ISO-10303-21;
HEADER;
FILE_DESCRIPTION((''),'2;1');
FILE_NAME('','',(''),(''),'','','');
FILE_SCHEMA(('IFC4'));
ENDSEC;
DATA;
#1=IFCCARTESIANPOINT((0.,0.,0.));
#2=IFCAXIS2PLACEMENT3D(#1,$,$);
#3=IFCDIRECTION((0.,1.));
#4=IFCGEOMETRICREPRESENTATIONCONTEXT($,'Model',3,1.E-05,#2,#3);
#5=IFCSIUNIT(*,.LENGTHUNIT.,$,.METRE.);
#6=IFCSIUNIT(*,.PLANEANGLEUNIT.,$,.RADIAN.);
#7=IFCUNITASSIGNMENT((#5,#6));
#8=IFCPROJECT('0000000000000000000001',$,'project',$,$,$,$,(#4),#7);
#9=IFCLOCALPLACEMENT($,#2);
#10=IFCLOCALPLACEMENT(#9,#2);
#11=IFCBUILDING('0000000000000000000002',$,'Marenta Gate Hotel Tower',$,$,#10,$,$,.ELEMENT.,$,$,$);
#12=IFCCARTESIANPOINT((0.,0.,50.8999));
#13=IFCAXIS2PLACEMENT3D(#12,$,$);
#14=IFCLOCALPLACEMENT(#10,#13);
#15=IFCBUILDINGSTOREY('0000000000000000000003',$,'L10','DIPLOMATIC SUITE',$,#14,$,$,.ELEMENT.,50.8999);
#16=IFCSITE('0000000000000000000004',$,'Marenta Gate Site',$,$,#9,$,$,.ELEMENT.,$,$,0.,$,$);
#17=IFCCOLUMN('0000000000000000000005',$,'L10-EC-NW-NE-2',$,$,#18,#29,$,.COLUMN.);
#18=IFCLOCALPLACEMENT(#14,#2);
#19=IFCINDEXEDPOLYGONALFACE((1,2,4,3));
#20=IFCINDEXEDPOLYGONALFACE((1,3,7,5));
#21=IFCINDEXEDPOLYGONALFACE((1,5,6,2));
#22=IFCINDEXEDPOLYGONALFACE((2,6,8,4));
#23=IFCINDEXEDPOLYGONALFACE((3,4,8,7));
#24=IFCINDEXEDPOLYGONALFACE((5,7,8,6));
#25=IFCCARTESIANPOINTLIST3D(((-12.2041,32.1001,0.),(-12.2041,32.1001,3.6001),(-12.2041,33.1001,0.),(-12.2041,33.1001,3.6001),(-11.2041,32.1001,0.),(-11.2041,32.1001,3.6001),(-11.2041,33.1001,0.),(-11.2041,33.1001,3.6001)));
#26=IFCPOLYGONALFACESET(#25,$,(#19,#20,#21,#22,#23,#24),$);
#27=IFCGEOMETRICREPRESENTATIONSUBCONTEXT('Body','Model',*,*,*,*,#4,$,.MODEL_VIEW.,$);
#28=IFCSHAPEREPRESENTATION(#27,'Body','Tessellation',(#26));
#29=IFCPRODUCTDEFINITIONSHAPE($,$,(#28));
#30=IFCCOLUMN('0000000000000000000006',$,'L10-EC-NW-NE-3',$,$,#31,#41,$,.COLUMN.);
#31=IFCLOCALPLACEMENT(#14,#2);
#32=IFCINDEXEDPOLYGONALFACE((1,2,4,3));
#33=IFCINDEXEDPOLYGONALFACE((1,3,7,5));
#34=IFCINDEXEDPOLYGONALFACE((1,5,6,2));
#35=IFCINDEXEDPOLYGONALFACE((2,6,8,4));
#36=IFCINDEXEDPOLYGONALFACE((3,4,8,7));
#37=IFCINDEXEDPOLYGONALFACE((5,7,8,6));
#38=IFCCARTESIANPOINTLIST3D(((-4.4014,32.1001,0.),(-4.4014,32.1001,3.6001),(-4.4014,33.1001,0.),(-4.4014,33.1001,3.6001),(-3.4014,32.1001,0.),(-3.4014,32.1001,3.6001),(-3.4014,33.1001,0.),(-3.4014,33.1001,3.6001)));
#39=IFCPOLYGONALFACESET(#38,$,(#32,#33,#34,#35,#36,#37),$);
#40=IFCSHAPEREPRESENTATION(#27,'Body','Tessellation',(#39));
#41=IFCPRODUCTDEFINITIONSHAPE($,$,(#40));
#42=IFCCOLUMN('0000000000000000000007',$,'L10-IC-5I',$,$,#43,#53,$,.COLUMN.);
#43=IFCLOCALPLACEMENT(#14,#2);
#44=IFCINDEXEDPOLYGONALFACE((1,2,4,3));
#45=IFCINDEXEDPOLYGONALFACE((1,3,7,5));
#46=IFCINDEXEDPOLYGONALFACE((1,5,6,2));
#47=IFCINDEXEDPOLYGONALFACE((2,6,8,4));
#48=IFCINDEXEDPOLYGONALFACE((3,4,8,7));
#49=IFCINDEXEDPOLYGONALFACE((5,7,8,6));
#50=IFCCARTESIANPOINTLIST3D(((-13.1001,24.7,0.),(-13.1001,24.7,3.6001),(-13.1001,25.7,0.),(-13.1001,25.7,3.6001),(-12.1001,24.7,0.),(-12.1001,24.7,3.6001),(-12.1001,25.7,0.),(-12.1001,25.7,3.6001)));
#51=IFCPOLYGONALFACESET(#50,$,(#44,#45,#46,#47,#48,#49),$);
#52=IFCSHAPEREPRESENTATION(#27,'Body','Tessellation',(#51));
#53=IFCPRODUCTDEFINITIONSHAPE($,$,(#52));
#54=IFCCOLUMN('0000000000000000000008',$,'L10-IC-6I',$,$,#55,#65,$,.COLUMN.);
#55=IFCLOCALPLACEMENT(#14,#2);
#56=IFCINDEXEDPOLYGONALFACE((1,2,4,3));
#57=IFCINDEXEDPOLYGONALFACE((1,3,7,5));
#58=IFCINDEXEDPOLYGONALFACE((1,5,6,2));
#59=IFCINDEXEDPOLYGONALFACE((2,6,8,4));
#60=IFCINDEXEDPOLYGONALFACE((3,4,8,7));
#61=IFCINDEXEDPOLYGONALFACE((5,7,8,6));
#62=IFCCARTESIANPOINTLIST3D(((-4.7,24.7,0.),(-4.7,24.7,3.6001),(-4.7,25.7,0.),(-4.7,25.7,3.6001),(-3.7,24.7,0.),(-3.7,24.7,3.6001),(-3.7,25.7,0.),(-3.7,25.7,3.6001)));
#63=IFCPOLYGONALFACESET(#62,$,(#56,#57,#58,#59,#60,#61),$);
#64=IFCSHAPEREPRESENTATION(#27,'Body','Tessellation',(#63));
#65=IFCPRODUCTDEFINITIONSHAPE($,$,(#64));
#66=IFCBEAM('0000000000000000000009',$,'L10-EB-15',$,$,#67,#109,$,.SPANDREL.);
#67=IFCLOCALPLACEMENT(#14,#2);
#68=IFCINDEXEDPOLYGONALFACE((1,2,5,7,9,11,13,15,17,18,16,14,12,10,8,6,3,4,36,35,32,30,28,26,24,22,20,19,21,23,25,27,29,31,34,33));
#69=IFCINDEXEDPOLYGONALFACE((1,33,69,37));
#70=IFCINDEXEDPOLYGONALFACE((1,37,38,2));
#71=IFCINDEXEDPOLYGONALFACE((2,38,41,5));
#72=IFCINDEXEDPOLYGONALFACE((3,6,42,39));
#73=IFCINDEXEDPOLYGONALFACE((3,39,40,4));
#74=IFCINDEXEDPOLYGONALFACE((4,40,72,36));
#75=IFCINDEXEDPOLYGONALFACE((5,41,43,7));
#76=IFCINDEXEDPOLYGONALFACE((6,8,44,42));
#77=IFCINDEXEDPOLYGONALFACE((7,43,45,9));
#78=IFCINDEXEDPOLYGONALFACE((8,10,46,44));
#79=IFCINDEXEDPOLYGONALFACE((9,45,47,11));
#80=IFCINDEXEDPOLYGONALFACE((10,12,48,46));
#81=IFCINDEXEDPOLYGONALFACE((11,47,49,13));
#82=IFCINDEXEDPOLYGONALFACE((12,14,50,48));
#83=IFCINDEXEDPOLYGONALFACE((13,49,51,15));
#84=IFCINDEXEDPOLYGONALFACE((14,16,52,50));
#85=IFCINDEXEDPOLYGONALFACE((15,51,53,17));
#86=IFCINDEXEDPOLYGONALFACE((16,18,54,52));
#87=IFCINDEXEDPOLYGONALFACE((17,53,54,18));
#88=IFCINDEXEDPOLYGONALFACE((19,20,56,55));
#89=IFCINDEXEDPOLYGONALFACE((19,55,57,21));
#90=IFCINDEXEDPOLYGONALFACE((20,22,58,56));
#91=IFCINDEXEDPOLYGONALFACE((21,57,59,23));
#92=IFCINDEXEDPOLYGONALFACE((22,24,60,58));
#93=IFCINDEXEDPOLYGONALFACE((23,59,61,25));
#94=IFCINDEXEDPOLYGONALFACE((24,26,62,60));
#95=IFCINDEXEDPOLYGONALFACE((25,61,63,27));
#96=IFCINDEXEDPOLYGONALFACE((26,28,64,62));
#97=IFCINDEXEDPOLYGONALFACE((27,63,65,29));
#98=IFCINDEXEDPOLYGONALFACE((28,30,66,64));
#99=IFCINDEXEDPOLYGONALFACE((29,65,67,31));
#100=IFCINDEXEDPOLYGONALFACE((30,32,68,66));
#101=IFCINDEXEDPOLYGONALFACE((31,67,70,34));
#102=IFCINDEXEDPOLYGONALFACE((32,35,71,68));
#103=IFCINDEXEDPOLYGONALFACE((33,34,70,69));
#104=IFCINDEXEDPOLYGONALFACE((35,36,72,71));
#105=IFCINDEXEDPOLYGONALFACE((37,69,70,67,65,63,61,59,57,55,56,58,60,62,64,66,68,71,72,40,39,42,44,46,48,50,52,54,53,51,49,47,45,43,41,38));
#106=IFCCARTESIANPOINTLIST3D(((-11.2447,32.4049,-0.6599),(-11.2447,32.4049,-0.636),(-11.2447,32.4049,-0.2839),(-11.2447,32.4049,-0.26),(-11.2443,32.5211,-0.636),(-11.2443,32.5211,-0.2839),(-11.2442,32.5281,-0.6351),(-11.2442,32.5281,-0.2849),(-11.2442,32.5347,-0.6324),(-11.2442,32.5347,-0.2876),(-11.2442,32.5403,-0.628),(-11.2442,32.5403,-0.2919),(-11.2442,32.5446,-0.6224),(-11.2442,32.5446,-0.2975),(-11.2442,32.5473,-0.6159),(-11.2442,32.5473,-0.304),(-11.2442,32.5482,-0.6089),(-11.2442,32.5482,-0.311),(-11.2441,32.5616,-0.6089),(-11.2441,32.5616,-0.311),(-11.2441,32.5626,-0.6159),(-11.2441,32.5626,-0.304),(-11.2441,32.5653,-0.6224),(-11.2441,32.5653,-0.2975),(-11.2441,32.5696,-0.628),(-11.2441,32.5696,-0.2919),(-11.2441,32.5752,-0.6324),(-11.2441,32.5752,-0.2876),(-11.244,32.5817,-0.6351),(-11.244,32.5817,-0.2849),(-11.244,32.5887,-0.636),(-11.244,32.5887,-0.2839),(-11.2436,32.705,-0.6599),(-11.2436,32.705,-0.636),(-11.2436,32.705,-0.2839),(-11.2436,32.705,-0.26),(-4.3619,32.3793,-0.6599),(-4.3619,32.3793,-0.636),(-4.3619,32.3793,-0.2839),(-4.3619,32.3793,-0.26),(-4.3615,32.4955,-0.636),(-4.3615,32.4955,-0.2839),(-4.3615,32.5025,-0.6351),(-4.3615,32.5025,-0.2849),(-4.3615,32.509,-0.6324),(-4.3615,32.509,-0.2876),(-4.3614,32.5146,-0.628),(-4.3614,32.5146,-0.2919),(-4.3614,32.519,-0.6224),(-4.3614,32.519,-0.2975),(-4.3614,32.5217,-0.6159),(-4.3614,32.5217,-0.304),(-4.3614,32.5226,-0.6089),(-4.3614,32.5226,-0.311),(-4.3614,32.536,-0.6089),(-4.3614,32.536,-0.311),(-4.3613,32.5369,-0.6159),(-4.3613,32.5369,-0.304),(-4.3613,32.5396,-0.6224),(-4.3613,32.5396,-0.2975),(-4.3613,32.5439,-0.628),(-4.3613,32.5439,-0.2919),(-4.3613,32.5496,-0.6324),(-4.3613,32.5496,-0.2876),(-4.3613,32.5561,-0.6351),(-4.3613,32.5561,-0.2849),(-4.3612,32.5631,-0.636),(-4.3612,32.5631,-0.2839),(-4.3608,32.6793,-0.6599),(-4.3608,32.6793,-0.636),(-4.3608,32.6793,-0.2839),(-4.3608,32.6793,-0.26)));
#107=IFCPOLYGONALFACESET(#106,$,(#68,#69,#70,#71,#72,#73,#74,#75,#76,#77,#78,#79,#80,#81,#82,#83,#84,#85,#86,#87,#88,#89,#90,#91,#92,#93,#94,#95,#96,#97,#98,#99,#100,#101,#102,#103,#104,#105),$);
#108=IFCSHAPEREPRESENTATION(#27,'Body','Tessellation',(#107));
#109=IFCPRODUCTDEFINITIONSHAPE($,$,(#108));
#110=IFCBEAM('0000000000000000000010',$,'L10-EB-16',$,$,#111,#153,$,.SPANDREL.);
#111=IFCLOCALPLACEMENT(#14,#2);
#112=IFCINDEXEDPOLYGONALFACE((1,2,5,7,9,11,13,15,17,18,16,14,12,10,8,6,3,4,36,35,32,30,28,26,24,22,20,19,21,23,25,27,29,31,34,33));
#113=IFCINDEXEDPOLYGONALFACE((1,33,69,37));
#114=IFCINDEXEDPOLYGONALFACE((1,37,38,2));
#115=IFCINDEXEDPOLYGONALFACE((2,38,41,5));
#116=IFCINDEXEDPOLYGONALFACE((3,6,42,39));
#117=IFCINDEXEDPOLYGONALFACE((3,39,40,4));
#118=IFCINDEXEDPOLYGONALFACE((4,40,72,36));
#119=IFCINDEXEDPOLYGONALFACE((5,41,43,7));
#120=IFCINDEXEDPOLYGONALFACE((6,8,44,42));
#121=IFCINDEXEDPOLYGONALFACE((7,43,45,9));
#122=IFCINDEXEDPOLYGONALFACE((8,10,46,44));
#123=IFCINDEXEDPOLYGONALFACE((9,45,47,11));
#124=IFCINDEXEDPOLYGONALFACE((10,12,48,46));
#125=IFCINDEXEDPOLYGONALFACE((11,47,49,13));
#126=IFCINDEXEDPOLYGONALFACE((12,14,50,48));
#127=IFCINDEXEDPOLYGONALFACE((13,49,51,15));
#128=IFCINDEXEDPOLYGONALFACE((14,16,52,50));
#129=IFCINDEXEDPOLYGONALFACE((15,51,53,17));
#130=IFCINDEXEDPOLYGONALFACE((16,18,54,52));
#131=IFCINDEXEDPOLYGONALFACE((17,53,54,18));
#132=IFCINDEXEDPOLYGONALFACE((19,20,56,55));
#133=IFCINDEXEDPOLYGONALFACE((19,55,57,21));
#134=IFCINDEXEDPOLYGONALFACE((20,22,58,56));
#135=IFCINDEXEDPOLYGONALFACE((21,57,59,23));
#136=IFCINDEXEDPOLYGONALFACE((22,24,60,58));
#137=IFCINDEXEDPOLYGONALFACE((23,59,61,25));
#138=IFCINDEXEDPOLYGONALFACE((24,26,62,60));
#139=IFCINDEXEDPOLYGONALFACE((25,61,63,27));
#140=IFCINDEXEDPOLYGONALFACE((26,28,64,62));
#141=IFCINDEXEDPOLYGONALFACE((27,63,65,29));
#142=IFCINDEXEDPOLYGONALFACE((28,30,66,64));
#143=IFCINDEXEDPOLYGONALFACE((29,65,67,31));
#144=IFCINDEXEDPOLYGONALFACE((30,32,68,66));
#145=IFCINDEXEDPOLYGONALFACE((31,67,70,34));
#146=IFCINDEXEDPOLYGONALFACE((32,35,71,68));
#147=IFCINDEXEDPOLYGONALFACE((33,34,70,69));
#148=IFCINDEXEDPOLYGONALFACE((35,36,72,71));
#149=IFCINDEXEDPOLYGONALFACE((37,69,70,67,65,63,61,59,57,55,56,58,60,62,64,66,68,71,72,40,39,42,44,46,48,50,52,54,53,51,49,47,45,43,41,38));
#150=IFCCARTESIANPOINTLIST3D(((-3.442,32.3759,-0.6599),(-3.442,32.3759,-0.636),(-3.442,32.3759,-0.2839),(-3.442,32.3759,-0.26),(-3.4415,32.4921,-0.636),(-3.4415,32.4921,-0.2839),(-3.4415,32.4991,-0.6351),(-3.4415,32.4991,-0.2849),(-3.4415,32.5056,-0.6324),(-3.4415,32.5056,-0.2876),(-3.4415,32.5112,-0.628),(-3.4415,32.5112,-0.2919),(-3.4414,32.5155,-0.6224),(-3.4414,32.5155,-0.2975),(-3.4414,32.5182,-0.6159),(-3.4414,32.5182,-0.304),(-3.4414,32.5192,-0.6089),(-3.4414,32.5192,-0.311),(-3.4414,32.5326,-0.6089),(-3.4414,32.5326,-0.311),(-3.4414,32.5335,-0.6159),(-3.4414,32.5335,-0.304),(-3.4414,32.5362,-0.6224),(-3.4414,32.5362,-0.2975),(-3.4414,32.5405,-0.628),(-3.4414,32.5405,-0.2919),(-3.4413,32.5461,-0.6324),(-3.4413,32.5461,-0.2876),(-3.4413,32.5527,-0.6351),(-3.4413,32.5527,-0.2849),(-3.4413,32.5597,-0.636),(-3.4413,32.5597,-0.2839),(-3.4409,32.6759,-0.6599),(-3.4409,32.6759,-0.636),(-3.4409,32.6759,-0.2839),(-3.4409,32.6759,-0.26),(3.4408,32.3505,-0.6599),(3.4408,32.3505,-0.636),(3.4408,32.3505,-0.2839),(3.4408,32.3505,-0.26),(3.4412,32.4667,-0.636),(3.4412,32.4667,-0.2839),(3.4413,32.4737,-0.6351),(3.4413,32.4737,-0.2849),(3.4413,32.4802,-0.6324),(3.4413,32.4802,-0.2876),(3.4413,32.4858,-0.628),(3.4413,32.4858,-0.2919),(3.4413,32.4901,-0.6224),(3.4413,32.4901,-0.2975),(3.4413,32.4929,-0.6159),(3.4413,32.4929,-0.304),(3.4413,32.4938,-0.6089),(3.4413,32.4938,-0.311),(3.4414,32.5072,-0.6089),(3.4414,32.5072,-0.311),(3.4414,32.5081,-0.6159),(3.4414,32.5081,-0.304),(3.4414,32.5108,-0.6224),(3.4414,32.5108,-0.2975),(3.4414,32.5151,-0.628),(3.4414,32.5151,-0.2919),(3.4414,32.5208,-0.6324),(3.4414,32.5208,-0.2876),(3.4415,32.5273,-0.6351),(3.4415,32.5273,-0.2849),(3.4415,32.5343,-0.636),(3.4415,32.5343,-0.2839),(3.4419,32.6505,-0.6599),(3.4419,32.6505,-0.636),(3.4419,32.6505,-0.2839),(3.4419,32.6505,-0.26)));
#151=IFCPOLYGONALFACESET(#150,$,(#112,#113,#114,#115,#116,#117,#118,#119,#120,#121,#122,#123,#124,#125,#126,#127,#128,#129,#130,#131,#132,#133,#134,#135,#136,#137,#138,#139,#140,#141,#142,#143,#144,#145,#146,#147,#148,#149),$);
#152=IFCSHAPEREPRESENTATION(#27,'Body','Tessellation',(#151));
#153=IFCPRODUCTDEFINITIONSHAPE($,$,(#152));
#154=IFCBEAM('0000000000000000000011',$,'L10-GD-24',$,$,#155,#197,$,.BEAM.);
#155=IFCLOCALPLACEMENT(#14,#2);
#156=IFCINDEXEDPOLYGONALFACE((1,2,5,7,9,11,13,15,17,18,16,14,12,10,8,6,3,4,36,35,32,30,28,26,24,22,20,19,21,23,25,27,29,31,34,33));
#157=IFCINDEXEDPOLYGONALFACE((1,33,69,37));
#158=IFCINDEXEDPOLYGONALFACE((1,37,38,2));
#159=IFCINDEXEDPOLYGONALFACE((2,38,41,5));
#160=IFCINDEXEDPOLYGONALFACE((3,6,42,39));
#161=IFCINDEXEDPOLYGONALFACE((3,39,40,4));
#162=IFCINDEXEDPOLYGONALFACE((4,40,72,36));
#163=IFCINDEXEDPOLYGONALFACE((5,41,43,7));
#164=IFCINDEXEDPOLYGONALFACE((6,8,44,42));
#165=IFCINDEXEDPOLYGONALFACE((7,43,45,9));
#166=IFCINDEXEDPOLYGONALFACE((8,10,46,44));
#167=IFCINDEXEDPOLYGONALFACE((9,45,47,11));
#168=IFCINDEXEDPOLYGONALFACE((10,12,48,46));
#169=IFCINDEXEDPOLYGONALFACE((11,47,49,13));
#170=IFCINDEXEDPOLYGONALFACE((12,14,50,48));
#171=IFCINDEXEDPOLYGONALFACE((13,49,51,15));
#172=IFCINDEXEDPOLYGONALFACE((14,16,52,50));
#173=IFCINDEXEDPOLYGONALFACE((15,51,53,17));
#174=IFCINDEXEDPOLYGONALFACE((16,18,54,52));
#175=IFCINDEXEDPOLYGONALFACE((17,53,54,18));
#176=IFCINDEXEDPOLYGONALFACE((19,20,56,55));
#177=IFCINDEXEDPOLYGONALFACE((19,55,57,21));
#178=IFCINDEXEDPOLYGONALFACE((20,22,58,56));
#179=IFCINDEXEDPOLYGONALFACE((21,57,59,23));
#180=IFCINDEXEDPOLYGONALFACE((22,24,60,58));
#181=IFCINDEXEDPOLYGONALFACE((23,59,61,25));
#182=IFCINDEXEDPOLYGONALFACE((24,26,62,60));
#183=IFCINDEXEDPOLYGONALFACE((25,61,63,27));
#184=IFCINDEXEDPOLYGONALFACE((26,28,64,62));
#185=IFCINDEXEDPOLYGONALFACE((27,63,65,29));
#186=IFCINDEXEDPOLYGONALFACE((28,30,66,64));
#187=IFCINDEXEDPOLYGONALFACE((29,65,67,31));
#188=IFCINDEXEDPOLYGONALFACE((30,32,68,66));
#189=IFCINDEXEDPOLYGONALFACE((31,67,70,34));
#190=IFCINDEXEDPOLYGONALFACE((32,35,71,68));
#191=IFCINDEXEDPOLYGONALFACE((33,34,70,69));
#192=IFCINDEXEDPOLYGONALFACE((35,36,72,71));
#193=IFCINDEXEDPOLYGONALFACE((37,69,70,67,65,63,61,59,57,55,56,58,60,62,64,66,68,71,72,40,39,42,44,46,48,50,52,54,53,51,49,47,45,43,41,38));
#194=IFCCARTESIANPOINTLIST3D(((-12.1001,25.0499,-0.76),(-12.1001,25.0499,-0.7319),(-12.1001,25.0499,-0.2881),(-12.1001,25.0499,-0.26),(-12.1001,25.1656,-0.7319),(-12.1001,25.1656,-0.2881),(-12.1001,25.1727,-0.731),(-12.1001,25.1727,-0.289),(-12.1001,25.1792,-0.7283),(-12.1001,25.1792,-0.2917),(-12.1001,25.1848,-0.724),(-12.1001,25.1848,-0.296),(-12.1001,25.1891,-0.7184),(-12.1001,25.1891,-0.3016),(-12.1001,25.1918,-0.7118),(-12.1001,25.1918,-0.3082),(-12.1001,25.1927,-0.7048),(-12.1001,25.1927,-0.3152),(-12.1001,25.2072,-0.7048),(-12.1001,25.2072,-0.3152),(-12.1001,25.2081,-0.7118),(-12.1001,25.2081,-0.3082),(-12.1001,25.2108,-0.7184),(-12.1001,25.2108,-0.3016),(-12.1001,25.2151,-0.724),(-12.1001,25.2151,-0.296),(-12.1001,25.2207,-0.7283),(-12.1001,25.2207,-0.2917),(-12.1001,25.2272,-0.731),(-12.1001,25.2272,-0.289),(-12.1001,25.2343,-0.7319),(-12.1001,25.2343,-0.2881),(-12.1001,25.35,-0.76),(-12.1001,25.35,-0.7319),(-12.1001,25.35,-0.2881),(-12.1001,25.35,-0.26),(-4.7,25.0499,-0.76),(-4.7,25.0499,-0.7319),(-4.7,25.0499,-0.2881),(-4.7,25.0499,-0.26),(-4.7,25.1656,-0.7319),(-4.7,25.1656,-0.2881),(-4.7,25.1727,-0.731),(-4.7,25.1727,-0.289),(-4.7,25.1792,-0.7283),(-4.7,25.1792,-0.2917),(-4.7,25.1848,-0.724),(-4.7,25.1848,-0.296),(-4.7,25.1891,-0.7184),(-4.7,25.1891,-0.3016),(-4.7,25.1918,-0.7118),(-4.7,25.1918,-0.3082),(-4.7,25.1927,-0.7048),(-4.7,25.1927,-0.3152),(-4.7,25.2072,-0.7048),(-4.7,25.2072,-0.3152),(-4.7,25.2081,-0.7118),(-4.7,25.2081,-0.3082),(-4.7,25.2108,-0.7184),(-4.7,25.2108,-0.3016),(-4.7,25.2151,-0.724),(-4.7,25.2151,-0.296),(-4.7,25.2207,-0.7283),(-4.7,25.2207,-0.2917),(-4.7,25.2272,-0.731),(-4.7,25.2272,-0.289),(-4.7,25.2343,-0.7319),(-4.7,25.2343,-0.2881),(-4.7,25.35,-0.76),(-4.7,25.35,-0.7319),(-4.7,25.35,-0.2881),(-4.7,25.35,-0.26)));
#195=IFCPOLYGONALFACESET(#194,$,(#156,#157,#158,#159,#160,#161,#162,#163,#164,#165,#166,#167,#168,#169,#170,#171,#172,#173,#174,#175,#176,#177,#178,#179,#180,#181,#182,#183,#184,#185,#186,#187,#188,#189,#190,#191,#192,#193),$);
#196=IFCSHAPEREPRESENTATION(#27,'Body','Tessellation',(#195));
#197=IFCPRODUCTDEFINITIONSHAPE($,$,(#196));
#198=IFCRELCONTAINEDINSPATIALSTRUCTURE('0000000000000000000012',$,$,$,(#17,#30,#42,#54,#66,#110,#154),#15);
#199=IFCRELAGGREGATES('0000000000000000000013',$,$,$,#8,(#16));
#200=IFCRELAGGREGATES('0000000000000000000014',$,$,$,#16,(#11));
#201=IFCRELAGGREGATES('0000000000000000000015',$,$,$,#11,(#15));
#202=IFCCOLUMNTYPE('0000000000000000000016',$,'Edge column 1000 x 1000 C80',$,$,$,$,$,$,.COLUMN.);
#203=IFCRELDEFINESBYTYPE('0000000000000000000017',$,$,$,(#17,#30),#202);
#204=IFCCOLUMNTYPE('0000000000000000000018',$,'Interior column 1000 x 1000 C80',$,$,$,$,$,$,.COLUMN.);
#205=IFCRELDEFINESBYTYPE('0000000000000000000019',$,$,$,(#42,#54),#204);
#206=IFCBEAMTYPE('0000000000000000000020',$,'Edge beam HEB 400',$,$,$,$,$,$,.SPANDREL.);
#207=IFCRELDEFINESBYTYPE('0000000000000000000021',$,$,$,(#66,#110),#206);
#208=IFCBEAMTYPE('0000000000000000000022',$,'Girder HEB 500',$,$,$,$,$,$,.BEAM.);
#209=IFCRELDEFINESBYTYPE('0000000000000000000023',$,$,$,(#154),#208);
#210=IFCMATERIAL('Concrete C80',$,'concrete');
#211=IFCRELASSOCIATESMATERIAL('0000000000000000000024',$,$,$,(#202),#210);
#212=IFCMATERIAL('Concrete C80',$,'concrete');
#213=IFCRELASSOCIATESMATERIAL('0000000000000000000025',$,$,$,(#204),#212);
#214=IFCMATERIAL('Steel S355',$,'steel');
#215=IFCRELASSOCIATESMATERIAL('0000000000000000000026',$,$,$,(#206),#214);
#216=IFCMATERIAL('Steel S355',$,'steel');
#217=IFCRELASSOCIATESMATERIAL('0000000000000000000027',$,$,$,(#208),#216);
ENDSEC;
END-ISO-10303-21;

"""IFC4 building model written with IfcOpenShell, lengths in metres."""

from ifc_helpers import new_model, si_unit, direction, frame, origin, origin_2d, place, context, subcontext, project, spatial, rectangle, i_section, extrude, material, material_profile, profile_set, type_object, element, save


model = new_model("IFC4")

# Units and contexts
model_context = context("Model", 3, precision=1e-05, world=origin(), true_north=direction((0.0, 1.0)))
body_context = subcontext(model_context, "Body", "Model", "MODEL_VIEW")
ifc_project = project(units=[si_unit("LENGTHUNIT", "METRE"), si_unit("PLANEANGLEUNIT", "RADIAN")], contexts=[model_context])

# Site, building, storey
site_placement = place(None, origin())
site = spatial("IfcSite", under=ifc_project, at=site_placement, Name="Marenta Gate Site", CompositionType="ELEMENT", RefElevation=0.0)
building_placement = place(site_placement, origin())
building = spatial("IfcBuilding", under=site, at=building_placement, Name="Marenta Gate Hotel Tower", CompositionType="ELEMENT")
storey_placement = place(building_placement, frame((0.0, 0.0, 50.8999)))
storey = spatial("IfcBuildingStorey", under=building, at=storey_placement, Name="L10", Description="DIPLOMATIC SUITE", CompositionType="ELEMENT", Elevation=50.8999)

# Columns
ifc_material_1 = material(Name="Concrete C80", Category="concrete")
ifc_material_profile_1 = material_profile(ifc_material_1, rectangle(XDim=1.0, YDim=1.0, at=origin_2d()), Name="1000 x 1000")
ifc_profile_set_1 = profile_set([ifc_material_profile_1], Name="Concrete C80")
column_type_1 = type_object("IfcColumnType", Name="Edge column 1000 x 1000 C80", PredefinedType="COLUMN", material=ifc_profile_set_1)
for number, where, z_axis, x_axis, name in (
    (1, (-11.7041, 32.6001, 0.0), (0.0, 0.0, 1.0), (1.0, 0.0, 0.0), "L10-EC-NW-NE-2"),
    (2, (-3.9014, 32.6001, 0.0), (0.0, 0.0, 1.0), (1.0, 0.0, 0.0), "L10-EC-NW-NE-3"),
):
    element("IfcColumn", number, at=place(storey_placement, frame(where, z_axis=z_axis, x_axis=x_axis)), inside=storey, type_object=column_type_1, Name=name, PredefinedType="COLUMN", context=body_context, shape_type="SweptSolid", body=[
        extrude(rectangle(XDim=1.0, YDim=1.0, at=origin_2d()), origin(), (0.0, 0.0, 1.0), 3.6001),
    ])
ifc_material_2 = material(Name="Concrete C80", Category="concrete")
ifc_material_profile_2 = material_profile(ifc_material_2, rectangle(XDim=1.0, YDim=1.0, at=origin_2d()), Name="1000 x 1000")
ifc_profile_set_2 = profile_set([ifc_material_profile_2], Name="Concrete C80")
column_type_2 = type_object("IfcColumnType", Name="Interior column 1000 x 1000 C80", PredefinedType="COLUMN", material=ifc_profile_set_2)
for number, where, z_axis, x_axis, name in (
    (3, (-12.6001, 25.2, 0.0), (0.0, 0.0, 1.0), (1.0, 0.0, 0.0), "L10-IC-5I"),
    (4, (-4.2, 25.2, 0.0), (0.0, 0.0, 1.0), (1.0, 0.0, 0.0), "L10-IC-6I"),
):
    element("IfcColumn", number, at=place(storey_placement, frame(where, z_axis=z_axis, x_axis=x_axis)), inside=storey, type_object=column_type_2, Name=name, PredefinedType="COLUMN", context=body_context, shape_type="SweptSolid", body=[
        extrude(rectangle(XDim=1.0, YDim=1.0, at=origin_2d()), origin(), (0.0, 0.0, 1.0), 3.6001),
    ])

# Beams
ifc_material_3 = material(Name="Steel S355", Category="steel")
ifc_material_profile_3 = material_profile(ifc_material_3, i_section(OverallWidth=0.3, OverallDepth=0.3999, WebThickness=0.0134, FlangeThickness=0.0239, FilletRadius=0.0271, at=origin_2d()), Name="HEB 400")
ifc_profile_set_3 = profile_set([ifc_material_profile_3], Name="Steel S355")
beam_type_1 = type_object("IfcBeamType", Name="Edge beam HEB 400", PredefinedType="SPANDREL", material=ifc_profile_set_3)
for number, where, z_axis, x_axis, name in (
    (5, (-11.2441, 32.5549, -0.46), (0.999993, -0.003724, 0.0), (0.003724, 0.999993, 0.0), "L10-EB-15"),
    (6, (-3.4414, 32.5259, -0.46), (0.999993, -0.003689, 0.0), (0.003689, 0.999993, 0.0), "L10-EB-16"),
):
    element("IfcBeam", number, at=place(storey_placement, frame(where, z_axis=z_axis, x_axis=x_axis)), inside=storey, type_object=beam_type_1, Name=name, PredefinedType="SPANDREL", context=body_context, shape_type="SweptSolid", body=[
        extrude(i_section(OverallWidth=0.3, OverallDepth=0.3999, WebThickness=0.0134, FlangeThickness=0.0239, FilletRadius=0.0271, at=origin_2d()), origin(), (0.0, 0.0, 1.0), 6.8828),
    ])
ifc_material_4 = material(Name="Steel S355", Category="steel")
ifc_material_profile_4 = material_profile(ifc_material_4, i_section(OverallWidth=0.3, OverallDepth=0.5, WebThickness=0.0144, FlangeThickness=0.0281, FilletRadius=0.0271, at=origin_2d()), Name="HEB 500")
ifc_profile_set_4 = profile_set([ifc_material_profile_4], Name="Steel S355")
beam_type_2 = type_object("IfcBeamType", Name="Girder HEB 500", PredefinedType="BEAM", material=ifc_profile_set_4)
beam_1_placement = place(storey_placement, frame((-12.1001, 25.2, -0.51), z_axis=(1.0, 0.0, 0.0), x_axis=(0.0, 1.0, 0.0)))
element("IfcBeam", 7, at=beam_1_placement, inside=storey, type_object=beam_type_2, Name="L10-GD-24", PredefinedType="BEAM", context=body_context, shape_type="SweptSolid", body=[
    extrude(i_section(OverallWidth=0.3, OverallDepth=0.5, WebThickness=0.0144, FlangeThickness=0.0281, FilletRadius=0.0271, at=origin_2d()), origin(), (0.0, 0.0, 1.0), 7.4001),
])

save(model, "model.ifc")
